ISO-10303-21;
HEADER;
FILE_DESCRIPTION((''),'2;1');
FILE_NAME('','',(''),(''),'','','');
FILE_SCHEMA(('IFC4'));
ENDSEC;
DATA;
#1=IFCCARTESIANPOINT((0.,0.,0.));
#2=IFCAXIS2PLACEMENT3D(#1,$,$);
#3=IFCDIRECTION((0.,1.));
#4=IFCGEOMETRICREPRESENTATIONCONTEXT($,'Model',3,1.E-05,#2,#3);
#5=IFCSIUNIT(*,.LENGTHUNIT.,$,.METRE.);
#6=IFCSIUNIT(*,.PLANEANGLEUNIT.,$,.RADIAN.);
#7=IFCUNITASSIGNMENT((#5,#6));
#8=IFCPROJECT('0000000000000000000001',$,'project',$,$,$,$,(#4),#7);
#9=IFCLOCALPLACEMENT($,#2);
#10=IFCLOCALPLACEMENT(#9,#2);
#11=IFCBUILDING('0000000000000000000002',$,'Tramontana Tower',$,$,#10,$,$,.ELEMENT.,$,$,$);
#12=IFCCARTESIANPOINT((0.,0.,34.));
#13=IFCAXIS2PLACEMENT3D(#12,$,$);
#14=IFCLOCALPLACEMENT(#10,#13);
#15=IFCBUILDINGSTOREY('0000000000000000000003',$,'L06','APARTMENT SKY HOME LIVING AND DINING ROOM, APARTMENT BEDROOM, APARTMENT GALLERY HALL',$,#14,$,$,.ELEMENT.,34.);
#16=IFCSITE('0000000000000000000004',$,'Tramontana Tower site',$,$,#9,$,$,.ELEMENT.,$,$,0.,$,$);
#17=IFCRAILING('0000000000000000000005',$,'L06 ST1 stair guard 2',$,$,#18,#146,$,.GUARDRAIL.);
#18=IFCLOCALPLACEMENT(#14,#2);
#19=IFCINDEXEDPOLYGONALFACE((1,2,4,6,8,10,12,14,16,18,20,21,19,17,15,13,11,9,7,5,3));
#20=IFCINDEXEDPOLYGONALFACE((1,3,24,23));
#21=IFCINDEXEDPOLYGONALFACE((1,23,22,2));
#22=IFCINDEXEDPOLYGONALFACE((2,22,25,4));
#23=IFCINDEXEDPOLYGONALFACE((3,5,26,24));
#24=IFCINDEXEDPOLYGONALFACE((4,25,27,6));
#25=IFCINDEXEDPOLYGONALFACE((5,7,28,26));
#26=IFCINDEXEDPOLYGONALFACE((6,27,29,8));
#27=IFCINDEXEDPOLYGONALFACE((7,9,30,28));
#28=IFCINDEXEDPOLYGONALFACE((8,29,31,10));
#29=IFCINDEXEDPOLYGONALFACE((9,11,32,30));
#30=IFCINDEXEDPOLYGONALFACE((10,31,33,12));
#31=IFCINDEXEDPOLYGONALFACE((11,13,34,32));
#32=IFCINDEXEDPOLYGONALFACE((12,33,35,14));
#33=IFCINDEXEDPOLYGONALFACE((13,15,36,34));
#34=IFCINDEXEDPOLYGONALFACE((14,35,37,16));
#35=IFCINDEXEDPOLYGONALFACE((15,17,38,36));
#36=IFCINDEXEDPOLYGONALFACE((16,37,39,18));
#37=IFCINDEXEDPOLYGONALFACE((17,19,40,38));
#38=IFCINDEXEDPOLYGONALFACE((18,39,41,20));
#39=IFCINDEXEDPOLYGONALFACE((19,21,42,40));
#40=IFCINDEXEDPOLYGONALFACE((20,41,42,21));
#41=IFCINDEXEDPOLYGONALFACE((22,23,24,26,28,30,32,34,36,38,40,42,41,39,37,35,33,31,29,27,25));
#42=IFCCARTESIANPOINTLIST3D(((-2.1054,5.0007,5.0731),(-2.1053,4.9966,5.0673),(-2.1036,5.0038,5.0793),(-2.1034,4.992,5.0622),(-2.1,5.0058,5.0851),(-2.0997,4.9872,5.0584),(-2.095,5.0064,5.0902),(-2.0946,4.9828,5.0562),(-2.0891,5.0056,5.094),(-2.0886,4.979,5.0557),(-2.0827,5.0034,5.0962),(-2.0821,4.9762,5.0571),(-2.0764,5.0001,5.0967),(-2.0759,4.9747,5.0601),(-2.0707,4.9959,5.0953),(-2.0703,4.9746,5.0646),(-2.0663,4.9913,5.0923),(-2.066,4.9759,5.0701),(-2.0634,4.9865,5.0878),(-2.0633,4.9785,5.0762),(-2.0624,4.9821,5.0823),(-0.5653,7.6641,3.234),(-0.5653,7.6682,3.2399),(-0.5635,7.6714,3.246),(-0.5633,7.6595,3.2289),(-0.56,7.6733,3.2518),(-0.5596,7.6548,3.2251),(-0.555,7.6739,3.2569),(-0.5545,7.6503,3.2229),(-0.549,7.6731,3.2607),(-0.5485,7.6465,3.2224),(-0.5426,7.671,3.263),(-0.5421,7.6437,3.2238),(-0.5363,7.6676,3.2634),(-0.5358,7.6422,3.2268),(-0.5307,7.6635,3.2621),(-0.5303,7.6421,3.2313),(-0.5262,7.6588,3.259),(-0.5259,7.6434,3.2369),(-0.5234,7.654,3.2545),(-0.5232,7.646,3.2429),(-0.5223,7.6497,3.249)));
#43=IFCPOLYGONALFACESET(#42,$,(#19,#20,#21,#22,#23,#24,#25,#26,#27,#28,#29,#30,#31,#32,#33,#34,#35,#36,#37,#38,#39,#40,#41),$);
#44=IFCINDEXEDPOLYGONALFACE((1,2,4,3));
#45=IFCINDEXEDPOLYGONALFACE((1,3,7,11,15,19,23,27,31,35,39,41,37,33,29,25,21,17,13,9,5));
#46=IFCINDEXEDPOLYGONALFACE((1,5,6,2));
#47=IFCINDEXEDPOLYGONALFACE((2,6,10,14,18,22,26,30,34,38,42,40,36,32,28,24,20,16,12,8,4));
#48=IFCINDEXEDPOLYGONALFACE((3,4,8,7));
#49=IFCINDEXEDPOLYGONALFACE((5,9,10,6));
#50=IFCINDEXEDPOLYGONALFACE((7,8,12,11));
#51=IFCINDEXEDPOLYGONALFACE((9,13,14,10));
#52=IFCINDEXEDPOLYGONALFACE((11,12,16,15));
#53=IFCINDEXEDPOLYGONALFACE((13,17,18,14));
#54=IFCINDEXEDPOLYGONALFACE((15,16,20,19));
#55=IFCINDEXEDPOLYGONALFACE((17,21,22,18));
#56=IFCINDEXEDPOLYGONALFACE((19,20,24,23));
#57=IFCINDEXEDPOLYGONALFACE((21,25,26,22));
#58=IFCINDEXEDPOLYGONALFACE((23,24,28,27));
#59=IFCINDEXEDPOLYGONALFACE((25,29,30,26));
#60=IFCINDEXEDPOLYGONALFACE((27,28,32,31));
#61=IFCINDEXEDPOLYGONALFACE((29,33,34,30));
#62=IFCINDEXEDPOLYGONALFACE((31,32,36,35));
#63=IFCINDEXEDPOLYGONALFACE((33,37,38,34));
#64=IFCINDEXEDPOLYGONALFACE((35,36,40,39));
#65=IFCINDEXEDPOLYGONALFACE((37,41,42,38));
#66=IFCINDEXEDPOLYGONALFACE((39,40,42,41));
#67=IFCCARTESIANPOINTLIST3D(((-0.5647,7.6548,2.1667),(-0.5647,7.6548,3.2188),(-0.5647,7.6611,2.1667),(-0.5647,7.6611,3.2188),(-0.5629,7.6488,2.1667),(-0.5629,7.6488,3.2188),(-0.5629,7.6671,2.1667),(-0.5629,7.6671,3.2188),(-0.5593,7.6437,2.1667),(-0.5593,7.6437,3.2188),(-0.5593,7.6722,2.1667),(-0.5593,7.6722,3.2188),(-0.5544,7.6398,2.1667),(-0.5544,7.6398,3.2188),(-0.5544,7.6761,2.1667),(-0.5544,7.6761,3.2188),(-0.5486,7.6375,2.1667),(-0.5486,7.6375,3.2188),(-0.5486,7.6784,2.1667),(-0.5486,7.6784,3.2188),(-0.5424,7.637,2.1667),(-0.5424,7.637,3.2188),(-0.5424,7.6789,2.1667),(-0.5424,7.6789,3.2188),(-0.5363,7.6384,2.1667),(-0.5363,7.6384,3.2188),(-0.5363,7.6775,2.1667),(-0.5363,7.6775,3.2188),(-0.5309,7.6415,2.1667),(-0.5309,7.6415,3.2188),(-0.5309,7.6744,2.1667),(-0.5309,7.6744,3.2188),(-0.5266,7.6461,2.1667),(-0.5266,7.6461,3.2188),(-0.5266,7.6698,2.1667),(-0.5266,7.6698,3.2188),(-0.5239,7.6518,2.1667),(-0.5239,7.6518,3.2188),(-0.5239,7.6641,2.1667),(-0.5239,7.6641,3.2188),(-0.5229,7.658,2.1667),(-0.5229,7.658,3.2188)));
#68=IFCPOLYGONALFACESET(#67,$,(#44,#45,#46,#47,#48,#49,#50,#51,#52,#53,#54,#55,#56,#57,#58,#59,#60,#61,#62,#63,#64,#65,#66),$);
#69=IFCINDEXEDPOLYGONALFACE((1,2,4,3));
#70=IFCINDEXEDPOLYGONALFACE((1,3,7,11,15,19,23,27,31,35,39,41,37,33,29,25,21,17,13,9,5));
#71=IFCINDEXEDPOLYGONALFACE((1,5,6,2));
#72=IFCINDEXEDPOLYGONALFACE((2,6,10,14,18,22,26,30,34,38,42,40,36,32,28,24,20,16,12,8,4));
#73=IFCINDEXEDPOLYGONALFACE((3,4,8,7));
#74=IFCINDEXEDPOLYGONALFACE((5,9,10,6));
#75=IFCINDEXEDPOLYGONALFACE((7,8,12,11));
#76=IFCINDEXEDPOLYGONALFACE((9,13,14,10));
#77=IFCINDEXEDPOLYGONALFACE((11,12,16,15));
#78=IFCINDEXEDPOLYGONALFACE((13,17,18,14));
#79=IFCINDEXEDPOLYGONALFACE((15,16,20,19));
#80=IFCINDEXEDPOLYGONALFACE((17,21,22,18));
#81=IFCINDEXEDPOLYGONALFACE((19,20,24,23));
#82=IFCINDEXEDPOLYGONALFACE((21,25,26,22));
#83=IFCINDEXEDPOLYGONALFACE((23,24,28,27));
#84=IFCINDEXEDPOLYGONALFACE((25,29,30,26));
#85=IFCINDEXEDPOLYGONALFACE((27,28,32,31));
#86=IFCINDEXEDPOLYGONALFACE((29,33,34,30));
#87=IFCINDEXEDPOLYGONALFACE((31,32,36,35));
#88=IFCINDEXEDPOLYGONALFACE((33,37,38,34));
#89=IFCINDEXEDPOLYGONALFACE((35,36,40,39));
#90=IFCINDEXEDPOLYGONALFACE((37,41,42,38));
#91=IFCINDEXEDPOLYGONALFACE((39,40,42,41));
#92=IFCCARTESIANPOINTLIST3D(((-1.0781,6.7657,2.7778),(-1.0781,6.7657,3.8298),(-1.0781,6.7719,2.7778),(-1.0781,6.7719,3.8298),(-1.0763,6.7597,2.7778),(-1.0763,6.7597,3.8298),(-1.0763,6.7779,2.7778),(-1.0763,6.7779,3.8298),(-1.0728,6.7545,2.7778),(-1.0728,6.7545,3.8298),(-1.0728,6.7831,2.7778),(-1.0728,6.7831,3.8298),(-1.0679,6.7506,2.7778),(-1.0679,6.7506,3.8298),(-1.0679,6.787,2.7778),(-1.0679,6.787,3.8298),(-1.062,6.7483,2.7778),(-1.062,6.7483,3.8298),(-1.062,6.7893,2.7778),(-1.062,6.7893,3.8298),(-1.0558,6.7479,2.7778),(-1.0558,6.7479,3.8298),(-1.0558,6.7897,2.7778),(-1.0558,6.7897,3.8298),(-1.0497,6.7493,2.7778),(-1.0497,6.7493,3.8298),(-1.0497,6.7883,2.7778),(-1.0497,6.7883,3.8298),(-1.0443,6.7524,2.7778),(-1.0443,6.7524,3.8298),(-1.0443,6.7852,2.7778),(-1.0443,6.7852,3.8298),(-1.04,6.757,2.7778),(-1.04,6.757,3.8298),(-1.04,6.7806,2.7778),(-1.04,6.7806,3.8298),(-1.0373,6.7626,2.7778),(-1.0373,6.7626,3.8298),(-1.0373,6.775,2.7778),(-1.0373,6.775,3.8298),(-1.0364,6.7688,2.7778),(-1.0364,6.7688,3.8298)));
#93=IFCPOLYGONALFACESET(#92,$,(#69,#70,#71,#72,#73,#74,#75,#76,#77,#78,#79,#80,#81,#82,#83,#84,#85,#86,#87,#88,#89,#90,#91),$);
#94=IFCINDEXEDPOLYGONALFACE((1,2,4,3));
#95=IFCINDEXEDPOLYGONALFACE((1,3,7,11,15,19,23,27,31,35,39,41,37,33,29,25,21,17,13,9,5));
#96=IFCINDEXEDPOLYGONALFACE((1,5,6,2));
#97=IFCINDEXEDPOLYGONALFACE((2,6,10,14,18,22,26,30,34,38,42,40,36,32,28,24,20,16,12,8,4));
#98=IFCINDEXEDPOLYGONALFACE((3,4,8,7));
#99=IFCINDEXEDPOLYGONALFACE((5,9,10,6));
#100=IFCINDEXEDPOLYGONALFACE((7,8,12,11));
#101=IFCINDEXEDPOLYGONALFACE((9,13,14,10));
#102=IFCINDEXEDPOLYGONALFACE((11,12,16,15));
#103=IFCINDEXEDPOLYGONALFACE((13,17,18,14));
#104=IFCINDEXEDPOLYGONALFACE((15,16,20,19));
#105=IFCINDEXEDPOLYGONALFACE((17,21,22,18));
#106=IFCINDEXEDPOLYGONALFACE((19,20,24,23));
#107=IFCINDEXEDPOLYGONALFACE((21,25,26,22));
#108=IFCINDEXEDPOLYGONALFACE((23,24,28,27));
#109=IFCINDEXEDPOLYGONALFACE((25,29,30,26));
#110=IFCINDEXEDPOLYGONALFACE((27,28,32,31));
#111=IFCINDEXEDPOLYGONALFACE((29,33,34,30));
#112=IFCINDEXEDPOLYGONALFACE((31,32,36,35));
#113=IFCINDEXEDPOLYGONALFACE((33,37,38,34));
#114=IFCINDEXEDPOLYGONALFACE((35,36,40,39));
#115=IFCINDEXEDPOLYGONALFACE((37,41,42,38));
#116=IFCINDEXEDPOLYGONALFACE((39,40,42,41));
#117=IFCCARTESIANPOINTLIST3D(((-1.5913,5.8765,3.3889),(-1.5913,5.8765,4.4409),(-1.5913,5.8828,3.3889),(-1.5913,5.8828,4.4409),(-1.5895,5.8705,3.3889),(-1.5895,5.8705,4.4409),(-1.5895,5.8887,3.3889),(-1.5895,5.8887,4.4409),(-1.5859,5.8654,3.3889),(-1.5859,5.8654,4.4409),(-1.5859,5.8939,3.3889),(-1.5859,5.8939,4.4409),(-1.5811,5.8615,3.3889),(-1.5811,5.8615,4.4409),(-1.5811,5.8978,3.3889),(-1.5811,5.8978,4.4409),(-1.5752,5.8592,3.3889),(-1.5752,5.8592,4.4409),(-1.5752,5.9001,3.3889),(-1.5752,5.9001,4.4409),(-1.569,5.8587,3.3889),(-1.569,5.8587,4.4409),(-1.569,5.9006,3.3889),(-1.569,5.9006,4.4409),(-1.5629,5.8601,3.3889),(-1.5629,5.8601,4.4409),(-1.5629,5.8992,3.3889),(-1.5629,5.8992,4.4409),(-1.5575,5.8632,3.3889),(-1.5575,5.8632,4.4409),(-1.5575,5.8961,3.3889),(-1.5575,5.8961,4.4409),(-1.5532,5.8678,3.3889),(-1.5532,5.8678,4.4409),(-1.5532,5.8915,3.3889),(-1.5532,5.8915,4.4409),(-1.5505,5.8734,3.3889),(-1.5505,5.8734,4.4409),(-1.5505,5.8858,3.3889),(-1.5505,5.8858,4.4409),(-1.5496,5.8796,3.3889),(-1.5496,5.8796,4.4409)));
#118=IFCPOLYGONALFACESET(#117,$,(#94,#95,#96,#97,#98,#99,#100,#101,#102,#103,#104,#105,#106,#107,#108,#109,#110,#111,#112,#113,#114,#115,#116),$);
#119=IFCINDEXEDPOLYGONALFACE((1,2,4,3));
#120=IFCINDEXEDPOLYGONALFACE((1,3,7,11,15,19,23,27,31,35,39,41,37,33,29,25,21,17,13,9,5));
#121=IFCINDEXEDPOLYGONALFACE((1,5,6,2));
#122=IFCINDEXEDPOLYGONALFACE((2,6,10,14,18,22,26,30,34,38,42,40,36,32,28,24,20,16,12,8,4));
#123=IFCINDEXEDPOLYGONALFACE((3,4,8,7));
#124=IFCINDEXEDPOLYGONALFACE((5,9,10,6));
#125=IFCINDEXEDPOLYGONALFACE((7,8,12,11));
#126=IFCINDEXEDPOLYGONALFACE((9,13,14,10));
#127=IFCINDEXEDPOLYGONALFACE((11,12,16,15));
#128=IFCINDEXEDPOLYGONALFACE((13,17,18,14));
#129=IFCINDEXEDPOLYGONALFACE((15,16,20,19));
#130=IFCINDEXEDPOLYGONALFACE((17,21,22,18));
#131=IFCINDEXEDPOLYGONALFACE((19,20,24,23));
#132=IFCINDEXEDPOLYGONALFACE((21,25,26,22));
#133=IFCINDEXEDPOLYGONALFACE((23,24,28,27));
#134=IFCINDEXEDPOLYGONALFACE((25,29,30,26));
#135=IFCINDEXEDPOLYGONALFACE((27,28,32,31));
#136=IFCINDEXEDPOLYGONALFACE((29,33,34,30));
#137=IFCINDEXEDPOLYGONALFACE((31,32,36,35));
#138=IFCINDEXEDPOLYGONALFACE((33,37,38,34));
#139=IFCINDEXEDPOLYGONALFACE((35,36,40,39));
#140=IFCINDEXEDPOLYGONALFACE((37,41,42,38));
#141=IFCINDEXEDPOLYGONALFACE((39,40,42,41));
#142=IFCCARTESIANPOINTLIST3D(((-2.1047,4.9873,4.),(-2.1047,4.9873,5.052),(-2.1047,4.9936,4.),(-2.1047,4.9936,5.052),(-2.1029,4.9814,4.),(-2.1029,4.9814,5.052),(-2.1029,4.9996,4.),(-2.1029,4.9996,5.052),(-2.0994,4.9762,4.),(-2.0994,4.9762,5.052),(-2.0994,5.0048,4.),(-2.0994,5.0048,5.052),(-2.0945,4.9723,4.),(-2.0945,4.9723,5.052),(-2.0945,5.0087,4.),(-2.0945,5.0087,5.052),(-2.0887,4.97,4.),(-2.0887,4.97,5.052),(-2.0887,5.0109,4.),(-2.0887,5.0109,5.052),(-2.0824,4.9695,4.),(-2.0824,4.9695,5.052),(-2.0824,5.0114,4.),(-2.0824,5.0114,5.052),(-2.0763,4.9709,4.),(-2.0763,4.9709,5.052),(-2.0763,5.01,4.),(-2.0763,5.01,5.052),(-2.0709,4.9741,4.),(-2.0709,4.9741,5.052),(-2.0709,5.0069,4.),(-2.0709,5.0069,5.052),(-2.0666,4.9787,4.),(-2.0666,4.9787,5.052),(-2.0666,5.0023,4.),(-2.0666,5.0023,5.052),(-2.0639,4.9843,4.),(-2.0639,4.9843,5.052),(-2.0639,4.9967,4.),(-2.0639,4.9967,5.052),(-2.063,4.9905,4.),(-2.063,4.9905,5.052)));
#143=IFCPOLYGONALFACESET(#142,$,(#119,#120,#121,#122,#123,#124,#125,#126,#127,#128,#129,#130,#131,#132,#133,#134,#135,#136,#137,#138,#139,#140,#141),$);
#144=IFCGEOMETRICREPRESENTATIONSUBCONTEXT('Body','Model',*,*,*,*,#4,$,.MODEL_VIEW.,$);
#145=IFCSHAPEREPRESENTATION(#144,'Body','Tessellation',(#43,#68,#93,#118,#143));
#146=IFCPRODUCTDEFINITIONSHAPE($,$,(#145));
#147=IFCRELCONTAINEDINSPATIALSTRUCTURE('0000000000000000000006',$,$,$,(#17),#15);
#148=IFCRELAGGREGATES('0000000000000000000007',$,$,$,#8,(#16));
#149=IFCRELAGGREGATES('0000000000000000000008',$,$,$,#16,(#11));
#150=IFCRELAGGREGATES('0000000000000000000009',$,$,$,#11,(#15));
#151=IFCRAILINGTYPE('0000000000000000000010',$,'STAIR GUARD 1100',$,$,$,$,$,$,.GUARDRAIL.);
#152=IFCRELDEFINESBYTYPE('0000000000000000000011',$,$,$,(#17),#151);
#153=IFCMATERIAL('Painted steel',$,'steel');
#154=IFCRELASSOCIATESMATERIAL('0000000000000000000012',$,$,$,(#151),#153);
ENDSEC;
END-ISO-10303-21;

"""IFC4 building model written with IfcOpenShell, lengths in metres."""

from ifc_helpers import new_model, si_unit, direction, frame, origin, origin_2d, place, context, subcontext, project, spatial, circle, extrude, material, type_object, element, save


model = new_model("IFC4")

# Units and contexts
model_context = context("Model", 3, precision=1e-05, world=origin(), true_north=direction((0.0, 1.0)))
body_context = subcontext(model_context, "Body", "Model", "MODEL_VIEW")
ifc_project = project(units=[si_unit("LENGTHUNIT", "METRE"), si_unit("PLANEANGLEUNIT", "RADIAN")], contexts=[model_context])

# Site, building, storey
site_placement = place(None, origin())
site = spatial("IfcSite", under=ifc_project, at=site_placement, Name="Tramontana Tower site", CompositionType="ELEMENT", RefElevation=0.0)
building_placement = place(site_placement, origin())
building = spatial("IfcBuilding", under=site, at=building_placement, Name="Tramontana Tower", CompositionType="ELEMENT")
storey_placement = place(building_placement, frame((0.0, 0.0, 34.0)))
storey = spatial("IfcBuildingStorey", under=building, at=storey_placement, Name="L06", Description="APARTMENT SKY HOME LIVING AND DINING ROOM, APARTMENT BEDROOM, APARTMENT GALLERY HALL", CompositionType="ELEMENT", Elevation=34.0)

# Railing
ifc_material_1 = material(Name="Painted steel", Category="steel")
railing_type = type_object("IfcRailingType", Name="STAIR GUARD 1100", PredefinedType="GUARDRAIL", material=ifc_material_1)
railing_1_placement = place(storey_placement, frame((-0.5439, 7.658, 2.1667)))
element("IfcRailing", 1, at=railing_1_placement, inside=storey, type_object=railing_type, Name="L06 ST1 stair guard 2", PredefinedType="GUARDRAIL", context=body_context, shape_type="SweptSolid", body=[
    extrude(circle(Radius=0.0239, at=origin_2d()), frame((0.0, 0.0, 1.0762), z_axis=(-0.429649, -0.74419, 0.511452), x_axis=(0.86603, -0.499992, 0.0)), (0.0, 0.0, 1.0), 3.5845),
    extrude(circle(Radius=0.021, at=origin_2d()), origin(), (0.0, 0.0, 1.0), 1.052),
    extrude(circle(Radius=0.021, at=origin_2d()), frame((-0.5134, -0.8892, 0.6111)), (0.0, 0.0, 1.0), 1.052),
    extrude(circle(Radius=0.021, at=origin_2d()), frame((-1.0266, -1.7783, 1.2222)), (0.0, 0.0, 1.0), 1.052),
    extrude(circle(Radius=0.021, at=origin_2d()), frame((-1.54, -2.6675, 1.8333)), (0.0, 0.0, 1.0), 1.052),
])

save(model, "model.ifc")
